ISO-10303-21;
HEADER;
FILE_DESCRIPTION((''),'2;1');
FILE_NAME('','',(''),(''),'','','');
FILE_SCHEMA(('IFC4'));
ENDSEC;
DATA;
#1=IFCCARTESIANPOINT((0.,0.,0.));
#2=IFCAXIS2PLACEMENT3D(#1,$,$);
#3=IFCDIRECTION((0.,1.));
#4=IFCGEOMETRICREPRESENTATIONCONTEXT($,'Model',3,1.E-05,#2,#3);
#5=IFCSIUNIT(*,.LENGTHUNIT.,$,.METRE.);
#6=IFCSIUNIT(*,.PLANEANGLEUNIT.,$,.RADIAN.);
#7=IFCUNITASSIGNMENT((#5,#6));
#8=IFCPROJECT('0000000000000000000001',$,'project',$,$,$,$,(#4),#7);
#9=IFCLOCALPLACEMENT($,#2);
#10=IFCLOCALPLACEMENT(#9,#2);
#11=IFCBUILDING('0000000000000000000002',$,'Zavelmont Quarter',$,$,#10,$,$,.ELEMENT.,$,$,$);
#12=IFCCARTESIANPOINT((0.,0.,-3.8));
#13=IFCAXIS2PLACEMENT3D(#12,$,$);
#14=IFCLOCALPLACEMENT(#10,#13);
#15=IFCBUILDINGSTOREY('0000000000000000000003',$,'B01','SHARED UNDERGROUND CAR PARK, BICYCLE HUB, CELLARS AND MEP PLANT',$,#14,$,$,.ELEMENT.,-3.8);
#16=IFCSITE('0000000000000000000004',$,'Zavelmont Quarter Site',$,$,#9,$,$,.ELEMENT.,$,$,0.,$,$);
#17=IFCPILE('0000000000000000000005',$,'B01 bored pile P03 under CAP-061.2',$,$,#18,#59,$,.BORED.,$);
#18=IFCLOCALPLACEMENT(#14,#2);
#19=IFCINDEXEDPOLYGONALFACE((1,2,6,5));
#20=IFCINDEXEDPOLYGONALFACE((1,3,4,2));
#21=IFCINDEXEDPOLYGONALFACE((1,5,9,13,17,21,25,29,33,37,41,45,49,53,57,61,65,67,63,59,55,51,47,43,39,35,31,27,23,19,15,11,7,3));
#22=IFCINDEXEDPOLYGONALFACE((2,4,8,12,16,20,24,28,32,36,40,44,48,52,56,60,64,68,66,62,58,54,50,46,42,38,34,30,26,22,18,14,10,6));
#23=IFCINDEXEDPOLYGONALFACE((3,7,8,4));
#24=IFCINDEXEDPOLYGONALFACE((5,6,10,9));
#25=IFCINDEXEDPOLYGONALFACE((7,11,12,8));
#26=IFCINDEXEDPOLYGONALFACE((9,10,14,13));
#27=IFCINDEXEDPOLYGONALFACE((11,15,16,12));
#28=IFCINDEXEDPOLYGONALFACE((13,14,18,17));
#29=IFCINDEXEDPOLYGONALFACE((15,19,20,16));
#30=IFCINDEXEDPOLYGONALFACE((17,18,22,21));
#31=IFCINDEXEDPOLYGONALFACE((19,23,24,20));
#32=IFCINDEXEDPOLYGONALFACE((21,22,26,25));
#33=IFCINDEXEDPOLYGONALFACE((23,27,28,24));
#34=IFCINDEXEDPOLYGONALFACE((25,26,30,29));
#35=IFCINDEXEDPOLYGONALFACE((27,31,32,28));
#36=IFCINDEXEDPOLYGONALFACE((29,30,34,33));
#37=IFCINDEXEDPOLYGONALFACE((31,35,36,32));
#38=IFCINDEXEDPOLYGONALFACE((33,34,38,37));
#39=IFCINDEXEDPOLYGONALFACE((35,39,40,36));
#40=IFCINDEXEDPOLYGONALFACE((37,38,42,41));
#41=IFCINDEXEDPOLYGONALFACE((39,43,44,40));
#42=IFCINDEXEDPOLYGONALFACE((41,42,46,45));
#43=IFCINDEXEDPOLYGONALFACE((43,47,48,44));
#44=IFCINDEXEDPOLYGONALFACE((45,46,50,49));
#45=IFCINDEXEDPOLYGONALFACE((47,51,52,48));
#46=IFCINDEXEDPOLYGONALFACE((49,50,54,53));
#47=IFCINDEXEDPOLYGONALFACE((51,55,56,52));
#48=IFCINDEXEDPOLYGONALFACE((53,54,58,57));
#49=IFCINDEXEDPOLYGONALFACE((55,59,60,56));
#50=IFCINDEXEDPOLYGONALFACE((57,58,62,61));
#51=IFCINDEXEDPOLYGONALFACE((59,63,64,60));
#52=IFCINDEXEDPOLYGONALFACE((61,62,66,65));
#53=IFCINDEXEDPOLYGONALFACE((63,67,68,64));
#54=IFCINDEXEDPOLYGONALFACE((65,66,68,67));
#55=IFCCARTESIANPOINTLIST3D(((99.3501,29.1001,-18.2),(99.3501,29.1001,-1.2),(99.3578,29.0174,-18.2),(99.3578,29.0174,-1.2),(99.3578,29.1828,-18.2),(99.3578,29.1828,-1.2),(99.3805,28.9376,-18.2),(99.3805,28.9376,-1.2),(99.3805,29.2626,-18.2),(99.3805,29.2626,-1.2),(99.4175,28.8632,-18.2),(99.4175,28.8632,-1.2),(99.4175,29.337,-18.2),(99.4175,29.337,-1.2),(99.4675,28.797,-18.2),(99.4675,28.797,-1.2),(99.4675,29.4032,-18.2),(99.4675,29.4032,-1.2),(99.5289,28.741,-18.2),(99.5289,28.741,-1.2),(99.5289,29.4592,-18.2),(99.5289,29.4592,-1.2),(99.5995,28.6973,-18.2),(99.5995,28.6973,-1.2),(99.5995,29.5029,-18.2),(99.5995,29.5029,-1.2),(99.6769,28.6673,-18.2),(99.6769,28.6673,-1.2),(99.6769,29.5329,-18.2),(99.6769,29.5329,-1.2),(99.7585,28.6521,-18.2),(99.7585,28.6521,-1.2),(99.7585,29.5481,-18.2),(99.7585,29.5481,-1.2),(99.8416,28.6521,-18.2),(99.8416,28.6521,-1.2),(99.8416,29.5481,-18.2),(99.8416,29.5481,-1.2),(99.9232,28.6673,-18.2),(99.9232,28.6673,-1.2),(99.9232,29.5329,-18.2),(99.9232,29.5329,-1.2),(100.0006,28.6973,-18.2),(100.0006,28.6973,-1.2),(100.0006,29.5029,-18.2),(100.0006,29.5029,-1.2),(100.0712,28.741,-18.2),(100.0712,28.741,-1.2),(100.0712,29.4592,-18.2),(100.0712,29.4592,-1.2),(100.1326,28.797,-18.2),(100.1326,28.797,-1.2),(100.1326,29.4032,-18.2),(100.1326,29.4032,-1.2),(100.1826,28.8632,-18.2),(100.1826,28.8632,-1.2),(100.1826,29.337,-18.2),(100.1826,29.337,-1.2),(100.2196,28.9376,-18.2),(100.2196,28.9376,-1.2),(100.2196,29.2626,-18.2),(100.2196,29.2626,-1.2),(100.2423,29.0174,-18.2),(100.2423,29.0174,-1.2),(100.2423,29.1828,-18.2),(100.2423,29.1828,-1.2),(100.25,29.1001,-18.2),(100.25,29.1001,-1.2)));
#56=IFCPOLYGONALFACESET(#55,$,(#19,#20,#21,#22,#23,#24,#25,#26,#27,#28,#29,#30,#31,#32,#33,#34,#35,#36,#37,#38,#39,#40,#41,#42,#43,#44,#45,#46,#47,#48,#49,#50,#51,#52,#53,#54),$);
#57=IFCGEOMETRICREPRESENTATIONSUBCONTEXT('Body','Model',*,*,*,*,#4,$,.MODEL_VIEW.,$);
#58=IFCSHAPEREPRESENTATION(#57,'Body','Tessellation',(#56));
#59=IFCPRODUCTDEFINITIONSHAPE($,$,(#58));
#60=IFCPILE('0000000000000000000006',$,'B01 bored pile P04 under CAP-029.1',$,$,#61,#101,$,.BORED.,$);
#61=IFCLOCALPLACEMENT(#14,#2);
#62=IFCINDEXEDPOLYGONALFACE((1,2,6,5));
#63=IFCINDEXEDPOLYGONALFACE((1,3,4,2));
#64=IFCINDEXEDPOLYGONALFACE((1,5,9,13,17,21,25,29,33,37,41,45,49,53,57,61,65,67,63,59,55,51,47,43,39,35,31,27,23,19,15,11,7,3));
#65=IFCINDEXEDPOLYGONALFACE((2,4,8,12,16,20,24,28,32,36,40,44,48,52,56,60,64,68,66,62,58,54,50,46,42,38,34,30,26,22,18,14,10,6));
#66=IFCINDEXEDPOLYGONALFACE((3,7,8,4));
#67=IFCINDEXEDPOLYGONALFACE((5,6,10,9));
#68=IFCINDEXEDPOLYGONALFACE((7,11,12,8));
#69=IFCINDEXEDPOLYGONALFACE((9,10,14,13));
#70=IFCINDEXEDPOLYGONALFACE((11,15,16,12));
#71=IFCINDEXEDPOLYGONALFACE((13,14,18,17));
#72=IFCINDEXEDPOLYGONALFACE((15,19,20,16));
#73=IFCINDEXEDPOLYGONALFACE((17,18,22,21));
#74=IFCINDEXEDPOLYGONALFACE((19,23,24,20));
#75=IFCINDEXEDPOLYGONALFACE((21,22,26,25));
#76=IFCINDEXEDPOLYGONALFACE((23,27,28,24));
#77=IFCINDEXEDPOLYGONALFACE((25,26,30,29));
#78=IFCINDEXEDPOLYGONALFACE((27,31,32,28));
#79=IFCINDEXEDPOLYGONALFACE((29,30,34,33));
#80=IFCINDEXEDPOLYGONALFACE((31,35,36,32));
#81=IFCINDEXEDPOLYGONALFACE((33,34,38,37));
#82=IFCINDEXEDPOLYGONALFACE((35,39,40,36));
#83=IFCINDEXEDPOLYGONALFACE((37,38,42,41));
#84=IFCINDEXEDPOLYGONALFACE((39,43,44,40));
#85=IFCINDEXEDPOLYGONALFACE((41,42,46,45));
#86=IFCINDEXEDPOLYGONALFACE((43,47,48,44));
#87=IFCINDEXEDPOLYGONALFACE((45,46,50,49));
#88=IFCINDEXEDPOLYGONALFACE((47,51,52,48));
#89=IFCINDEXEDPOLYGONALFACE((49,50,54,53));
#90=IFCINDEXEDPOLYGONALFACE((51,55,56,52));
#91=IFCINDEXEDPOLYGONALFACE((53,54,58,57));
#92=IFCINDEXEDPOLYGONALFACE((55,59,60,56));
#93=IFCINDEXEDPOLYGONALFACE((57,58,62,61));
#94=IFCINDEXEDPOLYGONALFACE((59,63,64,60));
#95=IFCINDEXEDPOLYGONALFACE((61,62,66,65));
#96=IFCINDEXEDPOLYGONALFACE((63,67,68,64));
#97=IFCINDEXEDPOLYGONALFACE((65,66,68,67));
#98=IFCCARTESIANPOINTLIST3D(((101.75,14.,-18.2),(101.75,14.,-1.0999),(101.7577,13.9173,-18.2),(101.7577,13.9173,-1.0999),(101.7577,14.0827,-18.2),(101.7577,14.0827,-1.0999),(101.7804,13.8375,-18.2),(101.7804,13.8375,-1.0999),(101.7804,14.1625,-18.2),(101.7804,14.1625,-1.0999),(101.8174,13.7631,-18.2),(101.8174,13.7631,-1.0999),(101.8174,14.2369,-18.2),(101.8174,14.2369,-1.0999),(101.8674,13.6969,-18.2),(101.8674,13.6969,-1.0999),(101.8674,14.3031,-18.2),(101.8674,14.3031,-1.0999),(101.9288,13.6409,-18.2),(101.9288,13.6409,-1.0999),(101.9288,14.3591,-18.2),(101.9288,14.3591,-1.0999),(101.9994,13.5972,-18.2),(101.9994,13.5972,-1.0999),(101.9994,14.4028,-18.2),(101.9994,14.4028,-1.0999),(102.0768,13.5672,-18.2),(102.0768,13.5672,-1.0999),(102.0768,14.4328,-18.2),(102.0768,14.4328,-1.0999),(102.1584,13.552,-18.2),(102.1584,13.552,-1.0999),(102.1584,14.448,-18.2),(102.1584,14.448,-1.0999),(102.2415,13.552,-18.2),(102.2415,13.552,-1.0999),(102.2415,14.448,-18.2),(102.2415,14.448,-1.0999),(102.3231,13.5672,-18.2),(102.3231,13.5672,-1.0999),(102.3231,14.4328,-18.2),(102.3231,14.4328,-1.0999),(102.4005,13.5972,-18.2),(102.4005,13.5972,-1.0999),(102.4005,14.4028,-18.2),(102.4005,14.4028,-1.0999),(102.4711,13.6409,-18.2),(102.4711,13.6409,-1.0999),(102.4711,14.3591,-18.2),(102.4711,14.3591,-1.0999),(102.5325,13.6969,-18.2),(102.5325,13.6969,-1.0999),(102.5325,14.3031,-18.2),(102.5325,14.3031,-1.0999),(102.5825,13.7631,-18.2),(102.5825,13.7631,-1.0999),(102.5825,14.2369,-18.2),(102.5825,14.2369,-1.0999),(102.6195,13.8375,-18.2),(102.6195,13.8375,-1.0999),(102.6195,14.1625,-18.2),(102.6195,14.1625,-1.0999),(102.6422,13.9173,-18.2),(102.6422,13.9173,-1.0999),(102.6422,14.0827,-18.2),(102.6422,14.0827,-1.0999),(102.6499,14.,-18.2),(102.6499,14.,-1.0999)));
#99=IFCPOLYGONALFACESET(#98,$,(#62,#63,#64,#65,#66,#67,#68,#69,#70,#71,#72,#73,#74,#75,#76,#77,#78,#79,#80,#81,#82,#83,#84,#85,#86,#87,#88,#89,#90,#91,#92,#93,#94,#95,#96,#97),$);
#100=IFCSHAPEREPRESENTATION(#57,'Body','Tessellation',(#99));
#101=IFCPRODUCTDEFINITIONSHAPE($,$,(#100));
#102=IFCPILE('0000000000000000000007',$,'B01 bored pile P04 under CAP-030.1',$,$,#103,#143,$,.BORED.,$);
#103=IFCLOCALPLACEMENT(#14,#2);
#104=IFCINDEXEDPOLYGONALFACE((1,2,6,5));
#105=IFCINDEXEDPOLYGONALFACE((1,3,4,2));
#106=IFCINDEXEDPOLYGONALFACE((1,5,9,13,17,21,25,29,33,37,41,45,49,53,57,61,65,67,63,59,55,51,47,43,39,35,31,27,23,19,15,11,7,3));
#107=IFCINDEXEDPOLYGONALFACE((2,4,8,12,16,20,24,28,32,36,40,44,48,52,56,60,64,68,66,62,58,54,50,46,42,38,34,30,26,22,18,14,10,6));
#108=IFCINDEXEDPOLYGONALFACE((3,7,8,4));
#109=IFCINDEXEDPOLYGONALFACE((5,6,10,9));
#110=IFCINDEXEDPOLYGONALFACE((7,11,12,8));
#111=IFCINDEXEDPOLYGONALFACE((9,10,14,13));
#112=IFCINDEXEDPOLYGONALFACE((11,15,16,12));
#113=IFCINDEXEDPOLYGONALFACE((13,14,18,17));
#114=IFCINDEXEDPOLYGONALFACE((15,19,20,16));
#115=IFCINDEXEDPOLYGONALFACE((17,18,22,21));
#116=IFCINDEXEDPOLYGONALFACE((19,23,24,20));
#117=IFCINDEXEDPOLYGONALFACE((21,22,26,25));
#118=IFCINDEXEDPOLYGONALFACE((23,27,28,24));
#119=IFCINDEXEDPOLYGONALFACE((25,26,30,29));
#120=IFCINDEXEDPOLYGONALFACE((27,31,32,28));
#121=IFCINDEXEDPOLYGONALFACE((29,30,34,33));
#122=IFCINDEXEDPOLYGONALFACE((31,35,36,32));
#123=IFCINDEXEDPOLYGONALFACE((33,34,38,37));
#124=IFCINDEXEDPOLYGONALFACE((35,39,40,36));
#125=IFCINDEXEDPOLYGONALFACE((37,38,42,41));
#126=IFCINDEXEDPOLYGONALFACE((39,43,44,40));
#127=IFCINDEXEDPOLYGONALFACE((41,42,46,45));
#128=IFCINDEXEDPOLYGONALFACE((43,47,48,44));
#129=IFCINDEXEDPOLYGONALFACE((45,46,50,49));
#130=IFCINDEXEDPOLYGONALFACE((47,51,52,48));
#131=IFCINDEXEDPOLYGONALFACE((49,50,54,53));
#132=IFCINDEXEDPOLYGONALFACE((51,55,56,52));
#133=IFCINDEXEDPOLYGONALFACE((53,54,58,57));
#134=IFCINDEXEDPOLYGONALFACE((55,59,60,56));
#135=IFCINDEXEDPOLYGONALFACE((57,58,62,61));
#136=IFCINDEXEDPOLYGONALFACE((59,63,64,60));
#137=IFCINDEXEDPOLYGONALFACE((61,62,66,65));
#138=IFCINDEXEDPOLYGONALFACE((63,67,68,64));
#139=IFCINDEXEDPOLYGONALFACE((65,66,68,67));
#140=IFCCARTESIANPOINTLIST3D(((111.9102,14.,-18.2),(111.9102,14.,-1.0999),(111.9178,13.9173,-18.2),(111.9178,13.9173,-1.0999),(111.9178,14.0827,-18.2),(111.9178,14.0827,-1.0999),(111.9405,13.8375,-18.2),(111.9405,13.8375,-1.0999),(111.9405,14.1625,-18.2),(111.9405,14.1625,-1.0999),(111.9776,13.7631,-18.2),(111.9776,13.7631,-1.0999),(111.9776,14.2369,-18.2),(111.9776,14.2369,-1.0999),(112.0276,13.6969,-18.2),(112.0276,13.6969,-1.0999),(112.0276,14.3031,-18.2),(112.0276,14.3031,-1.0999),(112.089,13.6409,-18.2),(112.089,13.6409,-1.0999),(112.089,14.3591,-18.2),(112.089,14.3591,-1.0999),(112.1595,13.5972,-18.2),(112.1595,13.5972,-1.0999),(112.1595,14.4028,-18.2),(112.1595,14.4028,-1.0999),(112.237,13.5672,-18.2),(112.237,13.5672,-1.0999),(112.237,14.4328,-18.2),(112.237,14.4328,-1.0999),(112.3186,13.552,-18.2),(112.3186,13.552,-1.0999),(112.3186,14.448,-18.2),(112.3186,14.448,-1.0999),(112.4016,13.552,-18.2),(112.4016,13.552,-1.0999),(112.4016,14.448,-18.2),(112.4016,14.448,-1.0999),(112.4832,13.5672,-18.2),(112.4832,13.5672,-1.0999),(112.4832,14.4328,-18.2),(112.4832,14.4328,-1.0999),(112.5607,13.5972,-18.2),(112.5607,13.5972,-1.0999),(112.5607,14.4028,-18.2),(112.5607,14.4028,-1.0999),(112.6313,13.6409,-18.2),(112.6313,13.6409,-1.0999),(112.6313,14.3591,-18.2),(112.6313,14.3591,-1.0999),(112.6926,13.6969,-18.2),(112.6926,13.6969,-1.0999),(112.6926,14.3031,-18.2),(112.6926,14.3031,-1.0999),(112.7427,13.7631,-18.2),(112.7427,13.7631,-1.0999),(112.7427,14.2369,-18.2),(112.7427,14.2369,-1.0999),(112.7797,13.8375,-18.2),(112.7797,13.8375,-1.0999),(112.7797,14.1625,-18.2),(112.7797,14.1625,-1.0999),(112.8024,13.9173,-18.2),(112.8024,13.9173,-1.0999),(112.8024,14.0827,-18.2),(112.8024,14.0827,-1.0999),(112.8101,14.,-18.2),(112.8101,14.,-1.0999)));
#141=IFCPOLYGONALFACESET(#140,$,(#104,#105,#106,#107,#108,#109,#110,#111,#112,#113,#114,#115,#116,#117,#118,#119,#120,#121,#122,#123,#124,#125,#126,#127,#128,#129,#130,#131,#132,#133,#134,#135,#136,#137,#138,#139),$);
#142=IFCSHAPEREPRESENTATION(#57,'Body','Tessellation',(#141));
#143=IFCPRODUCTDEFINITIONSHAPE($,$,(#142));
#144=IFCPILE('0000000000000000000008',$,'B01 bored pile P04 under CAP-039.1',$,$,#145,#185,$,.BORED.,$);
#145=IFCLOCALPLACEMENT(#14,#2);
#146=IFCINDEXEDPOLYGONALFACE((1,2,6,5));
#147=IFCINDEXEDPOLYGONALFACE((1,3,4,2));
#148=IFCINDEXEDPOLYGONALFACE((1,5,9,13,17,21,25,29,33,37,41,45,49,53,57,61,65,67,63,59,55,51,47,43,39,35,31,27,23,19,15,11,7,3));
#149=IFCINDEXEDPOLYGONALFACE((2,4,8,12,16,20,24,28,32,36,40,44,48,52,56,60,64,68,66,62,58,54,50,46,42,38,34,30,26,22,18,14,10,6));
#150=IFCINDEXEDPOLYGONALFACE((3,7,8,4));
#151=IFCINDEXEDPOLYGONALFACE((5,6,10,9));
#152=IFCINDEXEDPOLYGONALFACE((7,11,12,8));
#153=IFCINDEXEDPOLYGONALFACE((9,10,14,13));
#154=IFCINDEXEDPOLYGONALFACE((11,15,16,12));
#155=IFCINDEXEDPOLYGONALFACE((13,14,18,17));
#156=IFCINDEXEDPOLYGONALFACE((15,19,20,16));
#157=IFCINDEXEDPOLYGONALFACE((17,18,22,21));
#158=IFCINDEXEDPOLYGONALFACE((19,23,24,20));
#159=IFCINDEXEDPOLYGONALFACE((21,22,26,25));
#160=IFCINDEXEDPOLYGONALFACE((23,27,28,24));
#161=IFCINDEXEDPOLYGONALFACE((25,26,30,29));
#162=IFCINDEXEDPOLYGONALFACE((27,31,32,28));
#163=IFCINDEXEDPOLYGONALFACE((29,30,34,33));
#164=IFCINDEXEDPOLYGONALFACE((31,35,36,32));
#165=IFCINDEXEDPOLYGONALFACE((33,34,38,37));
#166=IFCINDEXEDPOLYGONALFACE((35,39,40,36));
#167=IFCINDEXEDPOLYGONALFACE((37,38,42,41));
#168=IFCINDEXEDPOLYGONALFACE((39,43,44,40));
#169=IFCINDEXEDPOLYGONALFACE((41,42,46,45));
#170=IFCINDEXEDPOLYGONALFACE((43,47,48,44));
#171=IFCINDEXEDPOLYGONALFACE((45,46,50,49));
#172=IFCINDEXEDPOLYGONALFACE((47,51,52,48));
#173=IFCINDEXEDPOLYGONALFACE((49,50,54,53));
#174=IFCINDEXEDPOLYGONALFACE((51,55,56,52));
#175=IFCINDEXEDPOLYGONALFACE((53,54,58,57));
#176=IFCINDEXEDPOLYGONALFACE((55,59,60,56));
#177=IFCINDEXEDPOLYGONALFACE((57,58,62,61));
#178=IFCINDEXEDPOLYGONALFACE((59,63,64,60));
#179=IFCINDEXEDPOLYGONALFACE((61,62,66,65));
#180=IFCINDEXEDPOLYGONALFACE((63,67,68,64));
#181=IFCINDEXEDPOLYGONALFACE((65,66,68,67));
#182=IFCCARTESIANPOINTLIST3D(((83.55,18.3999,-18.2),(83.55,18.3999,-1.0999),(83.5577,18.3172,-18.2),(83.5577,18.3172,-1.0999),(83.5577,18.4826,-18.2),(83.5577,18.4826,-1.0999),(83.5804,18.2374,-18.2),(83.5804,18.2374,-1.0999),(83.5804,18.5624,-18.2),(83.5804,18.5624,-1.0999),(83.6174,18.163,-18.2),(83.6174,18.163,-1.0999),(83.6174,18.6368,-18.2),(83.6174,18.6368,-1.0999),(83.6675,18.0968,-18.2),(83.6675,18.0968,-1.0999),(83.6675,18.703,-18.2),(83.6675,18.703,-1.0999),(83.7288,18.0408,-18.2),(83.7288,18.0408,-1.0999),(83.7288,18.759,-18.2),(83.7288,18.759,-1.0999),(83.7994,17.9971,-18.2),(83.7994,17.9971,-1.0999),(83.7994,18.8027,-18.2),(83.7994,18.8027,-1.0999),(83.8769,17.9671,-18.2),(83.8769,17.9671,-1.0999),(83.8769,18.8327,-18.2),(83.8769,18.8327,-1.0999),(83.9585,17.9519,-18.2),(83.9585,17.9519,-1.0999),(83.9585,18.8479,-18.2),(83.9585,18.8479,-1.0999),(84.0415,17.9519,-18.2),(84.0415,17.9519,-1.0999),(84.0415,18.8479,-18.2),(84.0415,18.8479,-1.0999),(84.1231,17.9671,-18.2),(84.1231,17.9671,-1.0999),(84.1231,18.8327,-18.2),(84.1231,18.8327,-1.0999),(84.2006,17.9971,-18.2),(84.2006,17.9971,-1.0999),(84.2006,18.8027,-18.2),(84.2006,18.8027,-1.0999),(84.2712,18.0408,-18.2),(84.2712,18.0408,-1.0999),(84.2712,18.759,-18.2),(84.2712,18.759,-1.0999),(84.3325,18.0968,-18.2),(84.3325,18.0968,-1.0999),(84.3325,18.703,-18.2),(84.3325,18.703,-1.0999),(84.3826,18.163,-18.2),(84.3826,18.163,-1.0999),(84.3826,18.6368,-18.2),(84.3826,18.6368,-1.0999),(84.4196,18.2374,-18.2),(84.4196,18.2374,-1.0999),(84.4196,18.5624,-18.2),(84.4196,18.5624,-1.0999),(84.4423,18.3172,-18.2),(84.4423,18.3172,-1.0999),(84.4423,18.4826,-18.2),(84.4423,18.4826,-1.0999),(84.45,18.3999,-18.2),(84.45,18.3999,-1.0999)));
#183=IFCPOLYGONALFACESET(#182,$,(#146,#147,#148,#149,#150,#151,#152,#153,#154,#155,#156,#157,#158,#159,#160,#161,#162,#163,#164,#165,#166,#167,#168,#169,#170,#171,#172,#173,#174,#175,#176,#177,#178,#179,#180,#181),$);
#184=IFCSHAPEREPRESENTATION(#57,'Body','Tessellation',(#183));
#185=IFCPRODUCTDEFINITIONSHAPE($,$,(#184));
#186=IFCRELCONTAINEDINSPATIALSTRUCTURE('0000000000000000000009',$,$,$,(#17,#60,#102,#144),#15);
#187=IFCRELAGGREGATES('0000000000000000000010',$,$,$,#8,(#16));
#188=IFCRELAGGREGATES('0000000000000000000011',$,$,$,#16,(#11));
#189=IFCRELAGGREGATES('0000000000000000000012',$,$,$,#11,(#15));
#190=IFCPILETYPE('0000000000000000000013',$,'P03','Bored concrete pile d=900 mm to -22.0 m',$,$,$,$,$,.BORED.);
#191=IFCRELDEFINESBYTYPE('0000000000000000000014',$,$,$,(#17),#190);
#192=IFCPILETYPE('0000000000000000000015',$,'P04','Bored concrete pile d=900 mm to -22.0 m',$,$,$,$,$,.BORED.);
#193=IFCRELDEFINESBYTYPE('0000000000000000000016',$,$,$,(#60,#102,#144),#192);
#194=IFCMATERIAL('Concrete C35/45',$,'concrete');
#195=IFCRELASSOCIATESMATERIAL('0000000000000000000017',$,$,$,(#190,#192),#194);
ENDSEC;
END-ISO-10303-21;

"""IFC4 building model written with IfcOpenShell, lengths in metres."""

from ifc_helpers import new_model, si_unit, direction, frame, origin, origin_2d, place, context, subcontext, project, spatial, circle, extrude, material, material_profile, profile_set, type_object, element, save


model = new_model("IFC4")

# Units and contexts
model_context = context("Model", 3, precision=1e-05, world=origin(), true_north=direction((0.0, 1.0)))
body_context = subcontext(model_context, "Body", "Model", "MODEL_VIEW")
ifc_project = project(units=[si_unit("LENGTHUNIT", "METRE"), si_unit("PLANEANGLEUNIT", "RADIAN")], contexts=[model_context])

# Site, building, storey
site_placement = place(None, origin())
site = spatial("IfcSite", under=ifc_project, at=site_placement, Name="Zavelmont Quarter Site", CompositionType="ELEMENT", RefElevation=0.0)
building_placement = place(site_placement, origin())
building = spatial("IfcBuilding", under=site, at=building_placement, Name="Zavelmont Quarter", CompositionType="ELEMENT")
storey_placement = place(building_placement, frame((0.0, 0.0, -3.8)))
storey = spatial("IfcBuildingStorey", under=building, at=storey_placement, Name="B01", Description="SHARED UNDERGROUND CAR PARK, BICYCLE HUB, CELLARS AND MEP PLANT", CompositionType="ELEMENT", Elevation=-3.8)

# Shared definitions
ifc_material_1 = material(Name="Concrete C35/45", Category="concrete")

# Piles
ifc_material_profile_1 = material_profile(ifc_material_1, circle(Radius=0.45, at=origin_2d()), Name="BP900")
ifc_profile_set_1 = profile_set([ifc_material_profile_1], Name="Concrete C35/45")
pile_type_1 = type_object("IfcPileType", Name="P03", Description="Bored concrete pile d=900 mm to -22.0 m", PredefinedType="BORED", material=ifc_profile_set_1)
for number, where, z_axis, x_axis, name in (
    (1, (99.8, 29.1001, -1.2), (0.0, 0.0, -1.0), (1.0, 0.0, 0.0), "B01 bored pile P03 under CAP-061.2"),
):
    element("IfcPile", number, at=place(storey_placement, frame(where, z_axis=z_axis, x_axis=x_axis)), inside=storey, type_object=pile_type_1, Name=name, PredefinedType="BORED", context=body_context, shape_type="SweptSolid", body=[
        extrude(circle(Radius=0.45, at=origin_2d()), origin(), (0.0, 0.0, 1.0), 17.0),
    ])
ifc_material_profile_2 = material_profile(ifc_material_1, circle(Radius=0.45, at=origin_2d()), Name="BP900")
ifc_profile_set_2 = profile_set([ifc_material_profile_2], Name="Concrete C35/45")
pile_type_2 = type_object("IfcPileType", Name="P04", Description="Bored concrete pile d=900 mm to -22.0 m", PredefinedType="BORED", material=ifc_profile_set_2)
for number, where, z_axis, x_axis, name in (
    (2, (102.2, 14.0, -1.0999), (0.0, 0.0, -1.0), (1.0, 0.0, 0.0), "B01 bored pile P04 under CAP-029.1"),
    (3, (112.3601, 14.0, -1.0999), (0.0, 0.0, -1.0), (1.0, 0.0, 0.0), "B01 bored pile P04 under CAP-030.1"),
    (4, (84.0, 18.3999, -1.0999), (0.0, 0.0, -1.0), (1.0, 0.0, 0.0), "B01 bored pile P04 under CAP-039.1"),
):
    element("IfcPile", number, at=place(storey_placement, frame(where, z_axis=z_axis, x_axis=x_axis)), inside=storey, type_object=pile_type_2, Name=name, PredefinedType="BORED", context=body_context, shape_type="SweptSolid", body=[
        extrude(circle(Radius=0.45, at=origin_2d()), origin(), (0.0, 0.0, 1.0), 17.1001),
    ])

save(model, "model.ifc")
